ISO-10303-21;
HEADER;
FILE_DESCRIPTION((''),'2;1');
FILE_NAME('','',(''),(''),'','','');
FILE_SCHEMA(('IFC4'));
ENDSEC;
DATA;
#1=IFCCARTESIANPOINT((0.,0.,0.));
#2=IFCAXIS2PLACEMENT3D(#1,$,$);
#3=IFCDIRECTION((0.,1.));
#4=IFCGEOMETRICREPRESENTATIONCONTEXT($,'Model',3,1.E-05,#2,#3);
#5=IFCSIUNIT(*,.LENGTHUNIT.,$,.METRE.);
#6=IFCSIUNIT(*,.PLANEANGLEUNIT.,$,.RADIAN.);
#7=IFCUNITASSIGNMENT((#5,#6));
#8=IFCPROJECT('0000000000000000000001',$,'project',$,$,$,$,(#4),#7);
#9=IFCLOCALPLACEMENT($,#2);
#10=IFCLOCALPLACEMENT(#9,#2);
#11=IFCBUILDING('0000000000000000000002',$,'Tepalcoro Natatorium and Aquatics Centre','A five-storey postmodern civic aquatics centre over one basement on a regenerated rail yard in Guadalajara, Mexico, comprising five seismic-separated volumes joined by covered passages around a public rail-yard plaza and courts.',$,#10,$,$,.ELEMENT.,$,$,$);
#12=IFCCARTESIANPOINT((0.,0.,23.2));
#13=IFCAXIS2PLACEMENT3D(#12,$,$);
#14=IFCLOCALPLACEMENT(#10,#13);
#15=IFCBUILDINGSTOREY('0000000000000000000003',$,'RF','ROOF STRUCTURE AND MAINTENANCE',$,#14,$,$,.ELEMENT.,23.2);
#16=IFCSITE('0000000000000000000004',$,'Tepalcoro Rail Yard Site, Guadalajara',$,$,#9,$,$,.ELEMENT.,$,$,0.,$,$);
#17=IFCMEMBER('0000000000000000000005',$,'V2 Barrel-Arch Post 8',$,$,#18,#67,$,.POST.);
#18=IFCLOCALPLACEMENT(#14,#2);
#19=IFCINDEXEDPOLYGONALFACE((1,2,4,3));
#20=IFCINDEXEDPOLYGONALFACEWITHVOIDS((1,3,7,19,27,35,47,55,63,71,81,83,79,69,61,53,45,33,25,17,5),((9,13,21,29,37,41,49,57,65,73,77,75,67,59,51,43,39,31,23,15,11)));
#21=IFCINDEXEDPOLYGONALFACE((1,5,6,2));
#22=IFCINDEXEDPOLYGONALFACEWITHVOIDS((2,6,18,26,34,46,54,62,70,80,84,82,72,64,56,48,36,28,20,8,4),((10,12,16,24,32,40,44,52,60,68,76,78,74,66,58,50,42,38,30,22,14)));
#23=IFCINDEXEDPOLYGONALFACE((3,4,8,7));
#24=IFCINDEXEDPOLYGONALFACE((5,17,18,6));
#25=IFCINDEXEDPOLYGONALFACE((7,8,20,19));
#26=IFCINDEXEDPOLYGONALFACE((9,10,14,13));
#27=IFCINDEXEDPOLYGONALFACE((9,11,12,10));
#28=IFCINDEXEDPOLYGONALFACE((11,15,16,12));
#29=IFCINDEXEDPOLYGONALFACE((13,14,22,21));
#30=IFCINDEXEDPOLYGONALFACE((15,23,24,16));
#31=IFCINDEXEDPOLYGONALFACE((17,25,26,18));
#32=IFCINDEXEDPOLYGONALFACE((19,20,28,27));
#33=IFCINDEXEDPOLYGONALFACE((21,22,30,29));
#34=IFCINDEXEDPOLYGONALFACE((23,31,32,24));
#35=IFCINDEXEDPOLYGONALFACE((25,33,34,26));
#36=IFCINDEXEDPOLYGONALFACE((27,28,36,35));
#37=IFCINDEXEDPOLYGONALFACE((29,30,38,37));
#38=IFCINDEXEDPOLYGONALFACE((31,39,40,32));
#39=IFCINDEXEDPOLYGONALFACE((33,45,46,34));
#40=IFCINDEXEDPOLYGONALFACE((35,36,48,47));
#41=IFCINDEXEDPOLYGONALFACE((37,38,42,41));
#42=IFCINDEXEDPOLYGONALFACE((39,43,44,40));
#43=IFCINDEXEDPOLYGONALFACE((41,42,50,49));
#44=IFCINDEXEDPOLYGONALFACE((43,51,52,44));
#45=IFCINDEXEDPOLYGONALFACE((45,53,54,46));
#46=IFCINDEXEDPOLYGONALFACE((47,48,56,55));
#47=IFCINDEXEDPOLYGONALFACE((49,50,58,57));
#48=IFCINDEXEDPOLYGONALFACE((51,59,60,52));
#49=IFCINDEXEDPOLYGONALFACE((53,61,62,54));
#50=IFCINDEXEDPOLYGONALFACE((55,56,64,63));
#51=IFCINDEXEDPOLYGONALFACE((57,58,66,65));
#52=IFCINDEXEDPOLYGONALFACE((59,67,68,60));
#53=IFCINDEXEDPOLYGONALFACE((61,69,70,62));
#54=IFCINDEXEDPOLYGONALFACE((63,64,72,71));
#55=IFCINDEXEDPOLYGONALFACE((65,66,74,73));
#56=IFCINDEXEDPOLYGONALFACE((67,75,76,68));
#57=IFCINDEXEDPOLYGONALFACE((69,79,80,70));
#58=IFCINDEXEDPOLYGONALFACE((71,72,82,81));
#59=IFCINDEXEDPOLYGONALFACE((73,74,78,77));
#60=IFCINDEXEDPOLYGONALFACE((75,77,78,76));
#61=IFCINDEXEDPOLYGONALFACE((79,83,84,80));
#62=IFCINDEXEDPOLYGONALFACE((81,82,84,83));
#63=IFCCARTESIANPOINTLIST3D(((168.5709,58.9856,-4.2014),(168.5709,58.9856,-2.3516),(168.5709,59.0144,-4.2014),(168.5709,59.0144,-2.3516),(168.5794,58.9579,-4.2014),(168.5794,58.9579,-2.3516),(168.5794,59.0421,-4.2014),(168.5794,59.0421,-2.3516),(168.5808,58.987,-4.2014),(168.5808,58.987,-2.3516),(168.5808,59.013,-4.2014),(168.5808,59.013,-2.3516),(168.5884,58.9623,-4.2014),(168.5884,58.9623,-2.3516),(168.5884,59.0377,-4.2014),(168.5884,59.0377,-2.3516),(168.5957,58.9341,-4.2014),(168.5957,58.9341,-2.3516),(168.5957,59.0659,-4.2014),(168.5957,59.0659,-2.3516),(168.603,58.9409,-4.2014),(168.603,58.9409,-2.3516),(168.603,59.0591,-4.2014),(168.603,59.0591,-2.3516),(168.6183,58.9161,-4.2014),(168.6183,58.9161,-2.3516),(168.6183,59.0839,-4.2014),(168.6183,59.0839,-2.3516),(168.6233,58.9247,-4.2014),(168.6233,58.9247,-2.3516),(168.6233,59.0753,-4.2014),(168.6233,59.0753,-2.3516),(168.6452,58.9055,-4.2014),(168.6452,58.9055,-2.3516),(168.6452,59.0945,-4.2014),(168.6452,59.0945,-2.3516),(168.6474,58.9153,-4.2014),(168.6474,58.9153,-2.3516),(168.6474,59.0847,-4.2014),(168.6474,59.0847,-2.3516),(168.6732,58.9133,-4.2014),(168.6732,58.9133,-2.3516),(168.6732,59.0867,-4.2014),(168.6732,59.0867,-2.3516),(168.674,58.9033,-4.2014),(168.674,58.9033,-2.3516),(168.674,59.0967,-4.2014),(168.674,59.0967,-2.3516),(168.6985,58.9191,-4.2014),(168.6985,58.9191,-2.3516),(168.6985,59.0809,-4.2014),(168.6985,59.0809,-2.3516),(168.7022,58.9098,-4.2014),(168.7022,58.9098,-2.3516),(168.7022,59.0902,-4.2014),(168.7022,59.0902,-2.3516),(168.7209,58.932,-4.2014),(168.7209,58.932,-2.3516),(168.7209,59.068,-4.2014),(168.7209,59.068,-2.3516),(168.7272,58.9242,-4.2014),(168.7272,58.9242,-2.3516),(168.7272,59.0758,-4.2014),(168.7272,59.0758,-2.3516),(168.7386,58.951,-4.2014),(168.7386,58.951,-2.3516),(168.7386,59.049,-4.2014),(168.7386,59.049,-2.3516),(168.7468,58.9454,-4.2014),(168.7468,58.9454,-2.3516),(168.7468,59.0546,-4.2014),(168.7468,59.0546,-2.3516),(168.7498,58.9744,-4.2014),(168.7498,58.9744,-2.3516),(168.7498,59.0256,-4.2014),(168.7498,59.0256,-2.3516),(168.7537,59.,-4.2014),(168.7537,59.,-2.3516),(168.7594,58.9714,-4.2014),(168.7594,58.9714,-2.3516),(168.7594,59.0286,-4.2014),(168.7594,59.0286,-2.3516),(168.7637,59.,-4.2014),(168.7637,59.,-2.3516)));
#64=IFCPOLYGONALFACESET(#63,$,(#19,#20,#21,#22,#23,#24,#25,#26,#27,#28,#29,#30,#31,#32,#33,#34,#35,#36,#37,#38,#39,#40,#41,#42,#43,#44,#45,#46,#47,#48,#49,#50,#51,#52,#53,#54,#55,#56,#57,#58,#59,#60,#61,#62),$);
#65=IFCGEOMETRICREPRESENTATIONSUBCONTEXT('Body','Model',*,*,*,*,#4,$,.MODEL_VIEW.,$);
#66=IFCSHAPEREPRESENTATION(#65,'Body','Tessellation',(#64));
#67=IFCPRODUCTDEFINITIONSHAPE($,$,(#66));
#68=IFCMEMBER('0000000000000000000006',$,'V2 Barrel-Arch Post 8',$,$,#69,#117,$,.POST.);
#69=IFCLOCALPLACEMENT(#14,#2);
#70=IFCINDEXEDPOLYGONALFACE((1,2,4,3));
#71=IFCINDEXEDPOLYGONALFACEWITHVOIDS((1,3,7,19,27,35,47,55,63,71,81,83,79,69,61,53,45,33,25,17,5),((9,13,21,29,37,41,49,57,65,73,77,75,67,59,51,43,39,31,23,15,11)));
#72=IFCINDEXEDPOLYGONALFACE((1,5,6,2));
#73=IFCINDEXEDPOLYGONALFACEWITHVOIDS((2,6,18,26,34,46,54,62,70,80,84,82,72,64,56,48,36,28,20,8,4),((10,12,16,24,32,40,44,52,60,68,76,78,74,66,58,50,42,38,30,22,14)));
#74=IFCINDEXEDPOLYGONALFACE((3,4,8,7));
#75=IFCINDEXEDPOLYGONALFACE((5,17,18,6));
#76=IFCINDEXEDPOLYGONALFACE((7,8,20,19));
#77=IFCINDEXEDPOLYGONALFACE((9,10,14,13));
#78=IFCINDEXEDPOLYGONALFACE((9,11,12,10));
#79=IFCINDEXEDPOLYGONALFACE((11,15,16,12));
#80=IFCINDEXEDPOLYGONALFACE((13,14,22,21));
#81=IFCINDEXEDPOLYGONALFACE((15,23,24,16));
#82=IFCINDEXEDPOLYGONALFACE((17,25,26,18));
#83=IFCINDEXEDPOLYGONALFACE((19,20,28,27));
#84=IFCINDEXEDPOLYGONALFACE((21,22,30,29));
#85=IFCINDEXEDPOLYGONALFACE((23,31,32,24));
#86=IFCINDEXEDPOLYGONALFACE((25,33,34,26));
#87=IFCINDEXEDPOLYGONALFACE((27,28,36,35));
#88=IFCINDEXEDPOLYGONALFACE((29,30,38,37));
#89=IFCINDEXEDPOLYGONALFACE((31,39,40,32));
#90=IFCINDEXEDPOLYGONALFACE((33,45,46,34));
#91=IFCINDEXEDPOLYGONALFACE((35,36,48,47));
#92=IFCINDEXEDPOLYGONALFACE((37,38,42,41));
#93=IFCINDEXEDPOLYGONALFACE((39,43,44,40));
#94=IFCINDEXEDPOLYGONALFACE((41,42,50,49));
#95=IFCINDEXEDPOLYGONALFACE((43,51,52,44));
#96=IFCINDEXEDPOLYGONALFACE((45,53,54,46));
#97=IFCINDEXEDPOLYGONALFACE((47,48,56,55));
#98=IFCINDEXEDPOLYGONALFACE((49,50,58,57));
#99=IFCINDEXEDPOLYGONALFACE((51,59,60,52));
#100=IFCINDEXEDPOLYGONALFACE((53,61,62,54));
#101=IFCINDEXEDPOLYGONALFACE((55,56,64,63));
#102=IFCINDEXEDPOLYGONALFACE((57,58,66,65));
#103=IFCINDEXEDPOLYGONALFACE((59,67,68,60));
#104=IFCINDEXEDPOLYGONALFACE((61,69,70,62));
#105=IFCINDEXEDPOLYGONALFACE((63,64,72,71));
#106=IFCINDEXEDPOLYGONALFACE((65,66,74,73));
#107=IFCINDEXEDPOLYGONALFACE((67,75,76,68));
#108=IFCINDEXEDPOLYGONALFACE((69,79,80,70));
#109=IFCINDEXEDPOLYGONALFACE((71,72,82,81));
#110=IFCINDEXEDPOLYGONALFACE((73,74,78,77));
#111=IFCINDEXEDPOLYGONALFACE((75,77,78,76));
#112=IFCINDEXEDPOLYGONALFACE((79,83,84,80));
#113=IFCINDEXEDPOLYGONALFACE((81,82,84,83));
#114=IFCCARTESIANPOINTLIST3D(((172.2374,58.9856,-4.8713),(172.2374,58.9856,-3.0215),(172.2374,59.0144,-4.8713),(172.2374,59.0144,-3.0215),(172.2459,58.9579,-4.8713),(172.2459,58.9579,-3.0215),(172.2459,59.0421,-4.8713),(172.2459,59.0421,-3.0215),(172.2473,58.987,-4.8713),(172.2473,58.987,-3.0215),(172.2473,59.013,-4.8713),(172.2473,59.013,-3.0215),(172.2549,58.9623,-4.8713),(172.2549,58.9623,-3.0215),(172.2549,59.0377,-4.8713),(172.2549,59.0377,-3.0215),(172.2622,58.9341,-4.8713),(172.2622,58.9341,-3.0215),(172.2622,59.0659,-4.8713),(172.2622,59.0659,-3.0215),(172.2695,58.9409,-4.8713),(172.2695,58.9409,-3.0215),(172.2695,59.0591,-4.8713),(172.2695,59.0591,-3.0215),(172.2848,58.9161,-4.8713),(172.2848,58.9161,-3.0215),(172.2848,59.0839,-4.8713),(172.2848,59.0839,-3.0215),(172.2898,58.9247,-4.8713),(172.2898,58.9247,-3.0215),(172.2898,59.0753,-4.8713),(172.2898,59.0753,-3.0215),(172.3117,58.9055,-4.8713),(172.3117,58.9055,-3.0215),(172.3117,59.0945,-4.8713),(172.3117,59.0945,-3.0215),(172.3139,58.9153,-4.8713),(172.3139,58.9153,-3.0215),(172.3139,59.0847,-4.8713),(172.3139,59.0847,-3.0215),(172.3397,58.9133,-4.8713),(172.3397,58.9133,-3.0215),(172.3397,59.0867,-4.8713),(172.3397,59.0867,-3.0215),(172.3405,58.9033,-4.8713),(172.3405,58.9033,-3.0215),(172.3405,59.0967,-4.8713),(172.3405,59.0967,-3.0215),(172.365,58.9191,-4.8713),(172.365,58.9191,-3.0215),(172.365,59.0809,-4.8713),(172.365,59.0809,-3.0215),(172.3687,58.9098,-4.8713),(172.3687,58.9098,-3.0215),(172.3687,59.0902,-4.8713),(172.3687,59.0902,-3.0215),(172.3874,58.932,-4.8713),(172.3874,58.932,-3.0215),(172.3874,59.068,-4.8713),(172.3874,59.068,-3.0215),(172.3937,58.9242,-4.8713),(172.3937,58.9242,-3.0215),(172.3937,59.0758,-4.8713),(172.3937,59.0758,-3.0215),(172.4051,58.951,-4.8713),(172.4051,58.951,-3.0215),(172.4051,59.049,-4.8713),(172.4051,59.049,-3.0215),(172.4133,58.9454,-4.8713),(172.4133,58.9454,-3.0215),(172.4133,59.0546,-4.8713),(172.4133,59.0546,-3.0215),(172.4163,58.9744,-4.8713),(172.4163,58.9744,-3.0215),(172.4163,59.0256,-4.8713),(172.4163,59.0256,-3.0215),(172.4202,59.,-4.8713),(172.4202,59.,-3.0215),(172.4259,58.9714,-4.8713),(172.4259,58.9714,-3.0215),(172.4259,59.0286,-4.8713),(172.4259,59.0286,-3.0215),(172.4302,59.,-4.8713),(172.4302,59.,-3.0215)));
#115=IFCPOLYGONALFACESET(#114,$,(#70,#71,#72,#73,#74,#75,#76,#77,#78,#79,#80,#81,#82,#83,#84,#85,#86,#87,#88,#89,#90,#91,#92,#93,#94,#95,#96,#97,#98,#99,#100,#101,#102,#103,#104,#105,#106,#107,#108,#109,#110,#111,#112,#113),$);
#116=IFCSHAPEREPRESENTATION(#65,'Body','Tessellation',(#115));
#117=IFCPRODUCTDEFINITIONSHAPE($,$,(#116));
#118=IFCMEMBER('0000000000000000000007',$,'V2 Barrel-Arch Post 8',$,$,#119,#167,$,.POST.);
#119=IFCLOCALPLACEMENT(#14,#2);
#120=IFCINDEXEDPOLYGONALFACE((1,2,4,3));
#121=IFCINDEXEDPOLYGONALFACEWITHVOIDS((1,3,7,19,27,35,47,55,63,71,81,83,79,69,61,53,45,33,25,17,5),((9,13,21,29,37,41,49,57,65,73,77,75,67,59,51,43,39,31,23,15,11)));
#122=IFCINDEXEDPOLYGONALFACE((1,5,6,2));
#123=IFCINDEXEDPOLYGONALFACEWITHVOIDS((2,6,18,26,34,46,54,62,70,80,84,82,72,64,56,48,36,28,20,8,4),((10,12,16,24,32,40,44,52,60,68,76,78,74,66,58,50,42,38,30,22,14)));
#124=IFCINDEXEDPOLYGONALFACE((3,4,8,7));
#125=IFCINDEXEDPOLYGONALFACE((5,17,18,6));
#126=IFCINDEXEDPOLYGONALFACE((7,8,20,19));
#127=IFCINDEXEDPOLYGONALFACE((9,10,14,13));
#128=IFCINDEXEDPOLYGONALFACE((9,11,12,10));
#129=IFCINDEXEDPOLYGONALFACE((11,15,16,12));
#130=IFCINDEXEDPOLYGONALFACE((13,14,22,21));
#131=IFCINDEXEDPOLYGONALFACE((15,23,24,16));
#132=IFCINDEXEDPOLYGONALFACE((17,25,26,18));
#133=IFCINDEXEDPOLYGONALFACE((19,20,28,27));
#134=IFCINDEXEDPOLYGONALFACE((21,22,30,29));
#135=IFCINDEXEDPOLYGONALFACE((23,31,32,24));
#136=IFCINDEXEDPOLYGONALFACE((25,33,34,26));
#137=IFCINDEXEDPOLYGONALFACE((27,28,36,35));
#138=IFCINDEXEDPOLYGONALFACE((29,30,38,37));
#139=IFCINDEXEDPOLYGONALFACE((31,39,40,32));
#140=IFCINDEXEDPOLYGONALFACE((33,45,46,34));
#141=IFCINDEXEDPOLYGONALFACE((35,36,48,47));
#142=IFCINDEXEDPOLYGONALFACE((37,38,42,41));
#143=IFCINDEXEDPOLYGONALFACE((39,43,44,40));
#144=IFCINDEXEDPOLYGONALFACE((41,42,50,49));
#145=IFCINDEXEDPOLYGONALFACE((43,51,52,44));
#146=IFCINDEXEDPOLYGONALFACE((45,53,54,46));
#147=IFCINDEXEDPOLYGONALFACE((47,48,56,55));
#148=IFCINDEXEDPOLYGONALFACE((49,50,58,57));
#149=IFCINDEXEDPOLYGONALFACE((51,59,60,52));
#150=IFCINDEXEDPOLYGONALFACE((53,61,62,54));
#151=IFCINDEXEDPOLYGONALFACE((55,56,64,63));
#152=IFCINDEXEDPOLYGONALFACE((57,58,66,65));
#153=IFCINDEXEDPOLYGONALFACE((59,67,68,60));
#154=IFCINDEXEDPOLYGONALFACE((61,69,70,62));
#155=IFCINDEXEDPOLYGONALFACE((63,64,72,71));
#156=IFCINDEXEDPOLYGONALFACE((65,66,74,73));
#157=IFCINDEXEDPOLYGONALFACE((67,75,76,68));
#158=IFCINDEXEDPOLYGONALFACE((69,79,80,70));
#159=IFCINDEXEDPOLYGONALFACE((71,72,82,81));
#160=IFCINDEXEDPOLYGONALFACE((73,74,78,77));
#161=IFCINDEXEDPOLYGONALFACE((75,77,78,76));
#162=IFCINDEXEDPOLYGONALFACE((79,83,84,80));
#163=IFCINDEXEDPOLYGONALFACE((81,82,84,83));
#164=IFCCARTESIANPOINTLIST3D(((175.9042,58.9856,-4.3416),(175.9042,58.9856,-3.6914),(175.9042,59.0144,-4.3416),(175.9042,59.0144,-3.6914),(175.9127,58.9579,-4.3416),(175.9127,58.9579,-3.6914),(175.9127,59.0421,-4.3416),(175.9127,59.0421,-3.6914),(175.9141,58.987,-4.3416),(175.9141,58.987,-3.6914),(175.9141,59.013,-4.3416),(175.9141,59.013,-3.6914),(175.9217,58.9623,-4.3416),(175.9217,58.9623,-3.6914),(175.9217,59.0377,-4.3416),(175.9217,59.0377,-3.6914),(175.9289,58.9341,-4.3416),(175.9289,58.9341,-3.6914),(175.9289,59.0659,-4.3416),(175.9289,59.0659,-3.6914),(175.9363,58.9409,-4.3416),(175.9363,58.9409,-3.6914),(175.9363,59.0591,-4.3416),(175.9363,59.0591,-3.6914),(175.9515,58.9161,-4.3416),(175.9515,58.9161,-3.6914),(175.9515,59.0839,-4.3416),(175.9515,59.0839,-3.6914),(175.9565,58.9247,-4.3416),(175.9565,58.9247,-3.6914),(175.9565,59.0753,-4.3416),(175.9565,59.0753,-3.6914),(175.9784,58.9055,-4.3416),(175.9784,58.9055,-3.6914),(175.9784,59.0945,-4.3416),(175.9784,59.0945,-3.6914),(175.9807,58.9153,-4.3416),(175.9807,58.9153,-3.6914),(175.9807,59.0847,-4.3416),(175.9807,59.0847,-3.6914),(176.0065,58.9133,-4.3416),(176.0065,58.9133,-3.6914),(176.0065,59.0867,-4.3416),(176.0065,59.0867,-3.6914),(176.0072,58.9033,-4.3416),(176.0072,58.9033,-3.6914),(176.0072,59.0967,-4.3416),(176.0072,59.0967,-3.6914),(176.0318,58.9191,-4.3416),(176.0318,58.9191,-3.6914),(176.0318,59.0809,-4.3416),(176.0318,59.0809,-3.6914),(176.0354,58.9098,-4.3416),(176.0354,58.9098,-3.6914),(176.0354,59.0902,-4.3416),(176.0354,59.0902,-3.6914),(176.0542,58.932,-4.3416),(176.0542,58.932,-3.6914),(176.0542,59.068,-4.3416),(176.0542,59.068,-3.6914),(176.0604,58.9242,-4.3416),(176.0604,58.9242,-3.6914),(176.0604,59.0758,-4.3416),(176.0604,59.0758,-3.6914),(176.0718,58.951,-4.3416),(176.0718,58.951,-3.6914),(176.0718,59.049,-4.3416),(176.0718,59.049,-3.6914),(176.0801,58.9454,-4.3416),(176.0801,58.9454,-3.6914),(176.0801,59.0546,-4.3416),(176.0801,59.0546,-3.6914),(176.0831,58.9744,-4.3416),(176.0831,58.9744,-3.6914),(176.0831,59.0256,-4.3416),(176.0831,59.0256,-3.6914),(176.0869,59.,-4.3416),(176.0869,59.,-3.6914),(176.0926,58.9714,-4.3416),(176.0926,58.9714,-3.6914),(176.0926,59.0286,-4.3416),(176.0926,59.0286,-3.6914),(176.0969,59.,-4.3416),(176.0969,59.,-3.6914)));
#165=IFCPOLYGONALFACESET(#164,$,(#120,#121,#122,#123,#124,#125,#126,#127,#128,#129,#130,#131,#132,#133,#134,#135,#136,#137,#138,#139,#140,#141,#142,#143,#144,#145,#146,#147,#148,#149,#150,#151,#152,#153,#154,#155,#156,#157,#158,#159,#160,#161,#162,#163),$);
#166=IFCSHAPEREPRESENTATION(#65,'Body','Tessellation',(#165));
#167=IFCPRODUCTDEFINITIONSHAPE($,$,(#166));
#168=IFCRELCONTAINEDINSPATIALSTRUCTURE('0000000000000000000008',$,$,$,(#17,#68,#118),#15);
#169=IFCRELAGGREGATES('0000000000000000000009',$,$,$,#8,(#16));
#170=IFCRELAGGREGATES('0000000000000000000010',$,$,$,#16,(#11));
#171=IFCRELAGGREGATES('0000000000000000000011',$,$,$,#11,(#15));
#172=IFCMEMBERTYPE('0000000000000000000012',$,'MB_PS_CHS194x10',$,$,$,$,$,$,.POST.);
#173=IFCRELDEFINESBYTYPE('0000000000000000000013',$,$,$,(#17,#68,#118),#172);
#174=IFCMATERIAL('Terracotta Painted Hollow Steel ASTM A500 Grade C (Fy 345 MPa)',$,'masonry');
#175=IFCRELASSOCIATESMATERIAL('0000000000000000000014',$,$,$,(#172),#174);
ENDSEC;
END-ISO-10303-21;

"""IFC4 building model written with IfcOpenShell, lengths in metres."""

from ifc_helpers import new_model, si_unit, direction, frame, origin, origin_2d, place, context, subcontext, project, spatial, hollow_circle, extrude, material, material_profile, profile_set, type_object, element, save


model = new_model("IFC4")

# Units and contexts
model_context = context("Model", 3, precision=1e-05, world=origin(), true_north=direction((0.0, 1.0)))
body_context = subcontext(model_context, "Body", "Model", "MODEL_VIEW")
ifc_project = project(units=[si_unit("LENGTHUNIT", "METRE"), si_unit("PLANEANGLEUNIT", "RADIAN")], contexts=[model_context])

# Site, building, storey
site_placement = place(None, origin())
site = spatial("IfcSite", under=ifc_project, at=site_placement, Name="Tepalcoro Rail Yard Site, Guadalajara", CompositionType="ELEMENT", RefElevation=0.0)
building_placement = place(site_placement, origin())
building = spatial("IfcBuilding", under=site, at=building_placement, Name="Tepalcoro Natatorium and Aquatics Centre", Description="A five-storey postmodern civic aquatics centre over one basement on a regenerated rail yard in Guadalajara, Mexico, comprising five seismic-separated volumes joined by covered passages around a public rail-yard plaza and courts.", CompositionType="ELEMENT")
storey_placement = place(building_placement, frame((0.0, 0.0, 23.2)))
storey = spatial("IfcBuildingStorey", under=building, at=storey_placement, Name="RF", Description="ROOF STRUCTURE AND MAINTENANCE", CompositionType="ELEMENT", Elevation=23.2)

# Shared definitions
ifc_material_1 = material(Name="Terracotta Painted Hollow Steel ASTM A500 Grade C (Fy 345 MPa)", Category="masonry")

# Members
ifc_material_profile_1 = material_profile(ifc_material_1, hollow_circle(Radius=0.0969, WallThickness=0.01, at=origin_2d()), Name="CHS194X10")
ifc_profile_set_1 = profile_set([ifc_material_profile_1], Name="Terracotta Painted Hollow Steel ASTM A500 Grade C (Fy 345 MPa)")
member_type_1 = type_object("IfcMemberType", Name="MB_PS_CHS194x10", PredefinedType="POST", material=ifc_profile_set_1)
for number, where, z_axis, x_axis, name in (
    (1, (168.6667, 59.0, -4.2014), (0.0, 0.0, 1.0), (1.0, 0.0, 0.0), "V2 Barrel-Arch Post 8"),
    (2, (172.3333, 59.0, -4.8713), (0.0, 0.0, 1.0), (1.0, 0.0, 0.0), "V2 Barrel-Arch Post 8"),
):
    element("IfcMember", number, at=place(storey_placement, frame(where, z_axis=z_axis, x_axis=x_axis)), inside=storey, type_object=member_type_1, Name=name, PredefinedType="POST", context=body_context, shape_type="SweptSolid", body=[
        extrude(hollow_circle(Radius=0.0969, WallThickness=0.01, at=origin_2d()), origin(), (0.0, 0.0, 1.0), 1.8499),
    ])
member_1_placement = place(storey_placement, frame((176.0, 59.0, -4.3416), z_axis=(0.0, 0.0, 1.0), x_axis=(1.0, 0.0, 0.0)))
element("IfcMember", 3, at=member_1_placement, inside=storey, type_object=member_type_1, Name="V2 Barrel-Arch Post 8", PredefinedType="POST", context=body_context, shape_type="SweptSolid", body=[
    extrude(hollow_circle(Radius=0.0969, WallThickness=0.01, at=origin_2d()), origin(), (0.0, 0.0, 1.0), 0.6501),
])

save(model, "model.ifc")
